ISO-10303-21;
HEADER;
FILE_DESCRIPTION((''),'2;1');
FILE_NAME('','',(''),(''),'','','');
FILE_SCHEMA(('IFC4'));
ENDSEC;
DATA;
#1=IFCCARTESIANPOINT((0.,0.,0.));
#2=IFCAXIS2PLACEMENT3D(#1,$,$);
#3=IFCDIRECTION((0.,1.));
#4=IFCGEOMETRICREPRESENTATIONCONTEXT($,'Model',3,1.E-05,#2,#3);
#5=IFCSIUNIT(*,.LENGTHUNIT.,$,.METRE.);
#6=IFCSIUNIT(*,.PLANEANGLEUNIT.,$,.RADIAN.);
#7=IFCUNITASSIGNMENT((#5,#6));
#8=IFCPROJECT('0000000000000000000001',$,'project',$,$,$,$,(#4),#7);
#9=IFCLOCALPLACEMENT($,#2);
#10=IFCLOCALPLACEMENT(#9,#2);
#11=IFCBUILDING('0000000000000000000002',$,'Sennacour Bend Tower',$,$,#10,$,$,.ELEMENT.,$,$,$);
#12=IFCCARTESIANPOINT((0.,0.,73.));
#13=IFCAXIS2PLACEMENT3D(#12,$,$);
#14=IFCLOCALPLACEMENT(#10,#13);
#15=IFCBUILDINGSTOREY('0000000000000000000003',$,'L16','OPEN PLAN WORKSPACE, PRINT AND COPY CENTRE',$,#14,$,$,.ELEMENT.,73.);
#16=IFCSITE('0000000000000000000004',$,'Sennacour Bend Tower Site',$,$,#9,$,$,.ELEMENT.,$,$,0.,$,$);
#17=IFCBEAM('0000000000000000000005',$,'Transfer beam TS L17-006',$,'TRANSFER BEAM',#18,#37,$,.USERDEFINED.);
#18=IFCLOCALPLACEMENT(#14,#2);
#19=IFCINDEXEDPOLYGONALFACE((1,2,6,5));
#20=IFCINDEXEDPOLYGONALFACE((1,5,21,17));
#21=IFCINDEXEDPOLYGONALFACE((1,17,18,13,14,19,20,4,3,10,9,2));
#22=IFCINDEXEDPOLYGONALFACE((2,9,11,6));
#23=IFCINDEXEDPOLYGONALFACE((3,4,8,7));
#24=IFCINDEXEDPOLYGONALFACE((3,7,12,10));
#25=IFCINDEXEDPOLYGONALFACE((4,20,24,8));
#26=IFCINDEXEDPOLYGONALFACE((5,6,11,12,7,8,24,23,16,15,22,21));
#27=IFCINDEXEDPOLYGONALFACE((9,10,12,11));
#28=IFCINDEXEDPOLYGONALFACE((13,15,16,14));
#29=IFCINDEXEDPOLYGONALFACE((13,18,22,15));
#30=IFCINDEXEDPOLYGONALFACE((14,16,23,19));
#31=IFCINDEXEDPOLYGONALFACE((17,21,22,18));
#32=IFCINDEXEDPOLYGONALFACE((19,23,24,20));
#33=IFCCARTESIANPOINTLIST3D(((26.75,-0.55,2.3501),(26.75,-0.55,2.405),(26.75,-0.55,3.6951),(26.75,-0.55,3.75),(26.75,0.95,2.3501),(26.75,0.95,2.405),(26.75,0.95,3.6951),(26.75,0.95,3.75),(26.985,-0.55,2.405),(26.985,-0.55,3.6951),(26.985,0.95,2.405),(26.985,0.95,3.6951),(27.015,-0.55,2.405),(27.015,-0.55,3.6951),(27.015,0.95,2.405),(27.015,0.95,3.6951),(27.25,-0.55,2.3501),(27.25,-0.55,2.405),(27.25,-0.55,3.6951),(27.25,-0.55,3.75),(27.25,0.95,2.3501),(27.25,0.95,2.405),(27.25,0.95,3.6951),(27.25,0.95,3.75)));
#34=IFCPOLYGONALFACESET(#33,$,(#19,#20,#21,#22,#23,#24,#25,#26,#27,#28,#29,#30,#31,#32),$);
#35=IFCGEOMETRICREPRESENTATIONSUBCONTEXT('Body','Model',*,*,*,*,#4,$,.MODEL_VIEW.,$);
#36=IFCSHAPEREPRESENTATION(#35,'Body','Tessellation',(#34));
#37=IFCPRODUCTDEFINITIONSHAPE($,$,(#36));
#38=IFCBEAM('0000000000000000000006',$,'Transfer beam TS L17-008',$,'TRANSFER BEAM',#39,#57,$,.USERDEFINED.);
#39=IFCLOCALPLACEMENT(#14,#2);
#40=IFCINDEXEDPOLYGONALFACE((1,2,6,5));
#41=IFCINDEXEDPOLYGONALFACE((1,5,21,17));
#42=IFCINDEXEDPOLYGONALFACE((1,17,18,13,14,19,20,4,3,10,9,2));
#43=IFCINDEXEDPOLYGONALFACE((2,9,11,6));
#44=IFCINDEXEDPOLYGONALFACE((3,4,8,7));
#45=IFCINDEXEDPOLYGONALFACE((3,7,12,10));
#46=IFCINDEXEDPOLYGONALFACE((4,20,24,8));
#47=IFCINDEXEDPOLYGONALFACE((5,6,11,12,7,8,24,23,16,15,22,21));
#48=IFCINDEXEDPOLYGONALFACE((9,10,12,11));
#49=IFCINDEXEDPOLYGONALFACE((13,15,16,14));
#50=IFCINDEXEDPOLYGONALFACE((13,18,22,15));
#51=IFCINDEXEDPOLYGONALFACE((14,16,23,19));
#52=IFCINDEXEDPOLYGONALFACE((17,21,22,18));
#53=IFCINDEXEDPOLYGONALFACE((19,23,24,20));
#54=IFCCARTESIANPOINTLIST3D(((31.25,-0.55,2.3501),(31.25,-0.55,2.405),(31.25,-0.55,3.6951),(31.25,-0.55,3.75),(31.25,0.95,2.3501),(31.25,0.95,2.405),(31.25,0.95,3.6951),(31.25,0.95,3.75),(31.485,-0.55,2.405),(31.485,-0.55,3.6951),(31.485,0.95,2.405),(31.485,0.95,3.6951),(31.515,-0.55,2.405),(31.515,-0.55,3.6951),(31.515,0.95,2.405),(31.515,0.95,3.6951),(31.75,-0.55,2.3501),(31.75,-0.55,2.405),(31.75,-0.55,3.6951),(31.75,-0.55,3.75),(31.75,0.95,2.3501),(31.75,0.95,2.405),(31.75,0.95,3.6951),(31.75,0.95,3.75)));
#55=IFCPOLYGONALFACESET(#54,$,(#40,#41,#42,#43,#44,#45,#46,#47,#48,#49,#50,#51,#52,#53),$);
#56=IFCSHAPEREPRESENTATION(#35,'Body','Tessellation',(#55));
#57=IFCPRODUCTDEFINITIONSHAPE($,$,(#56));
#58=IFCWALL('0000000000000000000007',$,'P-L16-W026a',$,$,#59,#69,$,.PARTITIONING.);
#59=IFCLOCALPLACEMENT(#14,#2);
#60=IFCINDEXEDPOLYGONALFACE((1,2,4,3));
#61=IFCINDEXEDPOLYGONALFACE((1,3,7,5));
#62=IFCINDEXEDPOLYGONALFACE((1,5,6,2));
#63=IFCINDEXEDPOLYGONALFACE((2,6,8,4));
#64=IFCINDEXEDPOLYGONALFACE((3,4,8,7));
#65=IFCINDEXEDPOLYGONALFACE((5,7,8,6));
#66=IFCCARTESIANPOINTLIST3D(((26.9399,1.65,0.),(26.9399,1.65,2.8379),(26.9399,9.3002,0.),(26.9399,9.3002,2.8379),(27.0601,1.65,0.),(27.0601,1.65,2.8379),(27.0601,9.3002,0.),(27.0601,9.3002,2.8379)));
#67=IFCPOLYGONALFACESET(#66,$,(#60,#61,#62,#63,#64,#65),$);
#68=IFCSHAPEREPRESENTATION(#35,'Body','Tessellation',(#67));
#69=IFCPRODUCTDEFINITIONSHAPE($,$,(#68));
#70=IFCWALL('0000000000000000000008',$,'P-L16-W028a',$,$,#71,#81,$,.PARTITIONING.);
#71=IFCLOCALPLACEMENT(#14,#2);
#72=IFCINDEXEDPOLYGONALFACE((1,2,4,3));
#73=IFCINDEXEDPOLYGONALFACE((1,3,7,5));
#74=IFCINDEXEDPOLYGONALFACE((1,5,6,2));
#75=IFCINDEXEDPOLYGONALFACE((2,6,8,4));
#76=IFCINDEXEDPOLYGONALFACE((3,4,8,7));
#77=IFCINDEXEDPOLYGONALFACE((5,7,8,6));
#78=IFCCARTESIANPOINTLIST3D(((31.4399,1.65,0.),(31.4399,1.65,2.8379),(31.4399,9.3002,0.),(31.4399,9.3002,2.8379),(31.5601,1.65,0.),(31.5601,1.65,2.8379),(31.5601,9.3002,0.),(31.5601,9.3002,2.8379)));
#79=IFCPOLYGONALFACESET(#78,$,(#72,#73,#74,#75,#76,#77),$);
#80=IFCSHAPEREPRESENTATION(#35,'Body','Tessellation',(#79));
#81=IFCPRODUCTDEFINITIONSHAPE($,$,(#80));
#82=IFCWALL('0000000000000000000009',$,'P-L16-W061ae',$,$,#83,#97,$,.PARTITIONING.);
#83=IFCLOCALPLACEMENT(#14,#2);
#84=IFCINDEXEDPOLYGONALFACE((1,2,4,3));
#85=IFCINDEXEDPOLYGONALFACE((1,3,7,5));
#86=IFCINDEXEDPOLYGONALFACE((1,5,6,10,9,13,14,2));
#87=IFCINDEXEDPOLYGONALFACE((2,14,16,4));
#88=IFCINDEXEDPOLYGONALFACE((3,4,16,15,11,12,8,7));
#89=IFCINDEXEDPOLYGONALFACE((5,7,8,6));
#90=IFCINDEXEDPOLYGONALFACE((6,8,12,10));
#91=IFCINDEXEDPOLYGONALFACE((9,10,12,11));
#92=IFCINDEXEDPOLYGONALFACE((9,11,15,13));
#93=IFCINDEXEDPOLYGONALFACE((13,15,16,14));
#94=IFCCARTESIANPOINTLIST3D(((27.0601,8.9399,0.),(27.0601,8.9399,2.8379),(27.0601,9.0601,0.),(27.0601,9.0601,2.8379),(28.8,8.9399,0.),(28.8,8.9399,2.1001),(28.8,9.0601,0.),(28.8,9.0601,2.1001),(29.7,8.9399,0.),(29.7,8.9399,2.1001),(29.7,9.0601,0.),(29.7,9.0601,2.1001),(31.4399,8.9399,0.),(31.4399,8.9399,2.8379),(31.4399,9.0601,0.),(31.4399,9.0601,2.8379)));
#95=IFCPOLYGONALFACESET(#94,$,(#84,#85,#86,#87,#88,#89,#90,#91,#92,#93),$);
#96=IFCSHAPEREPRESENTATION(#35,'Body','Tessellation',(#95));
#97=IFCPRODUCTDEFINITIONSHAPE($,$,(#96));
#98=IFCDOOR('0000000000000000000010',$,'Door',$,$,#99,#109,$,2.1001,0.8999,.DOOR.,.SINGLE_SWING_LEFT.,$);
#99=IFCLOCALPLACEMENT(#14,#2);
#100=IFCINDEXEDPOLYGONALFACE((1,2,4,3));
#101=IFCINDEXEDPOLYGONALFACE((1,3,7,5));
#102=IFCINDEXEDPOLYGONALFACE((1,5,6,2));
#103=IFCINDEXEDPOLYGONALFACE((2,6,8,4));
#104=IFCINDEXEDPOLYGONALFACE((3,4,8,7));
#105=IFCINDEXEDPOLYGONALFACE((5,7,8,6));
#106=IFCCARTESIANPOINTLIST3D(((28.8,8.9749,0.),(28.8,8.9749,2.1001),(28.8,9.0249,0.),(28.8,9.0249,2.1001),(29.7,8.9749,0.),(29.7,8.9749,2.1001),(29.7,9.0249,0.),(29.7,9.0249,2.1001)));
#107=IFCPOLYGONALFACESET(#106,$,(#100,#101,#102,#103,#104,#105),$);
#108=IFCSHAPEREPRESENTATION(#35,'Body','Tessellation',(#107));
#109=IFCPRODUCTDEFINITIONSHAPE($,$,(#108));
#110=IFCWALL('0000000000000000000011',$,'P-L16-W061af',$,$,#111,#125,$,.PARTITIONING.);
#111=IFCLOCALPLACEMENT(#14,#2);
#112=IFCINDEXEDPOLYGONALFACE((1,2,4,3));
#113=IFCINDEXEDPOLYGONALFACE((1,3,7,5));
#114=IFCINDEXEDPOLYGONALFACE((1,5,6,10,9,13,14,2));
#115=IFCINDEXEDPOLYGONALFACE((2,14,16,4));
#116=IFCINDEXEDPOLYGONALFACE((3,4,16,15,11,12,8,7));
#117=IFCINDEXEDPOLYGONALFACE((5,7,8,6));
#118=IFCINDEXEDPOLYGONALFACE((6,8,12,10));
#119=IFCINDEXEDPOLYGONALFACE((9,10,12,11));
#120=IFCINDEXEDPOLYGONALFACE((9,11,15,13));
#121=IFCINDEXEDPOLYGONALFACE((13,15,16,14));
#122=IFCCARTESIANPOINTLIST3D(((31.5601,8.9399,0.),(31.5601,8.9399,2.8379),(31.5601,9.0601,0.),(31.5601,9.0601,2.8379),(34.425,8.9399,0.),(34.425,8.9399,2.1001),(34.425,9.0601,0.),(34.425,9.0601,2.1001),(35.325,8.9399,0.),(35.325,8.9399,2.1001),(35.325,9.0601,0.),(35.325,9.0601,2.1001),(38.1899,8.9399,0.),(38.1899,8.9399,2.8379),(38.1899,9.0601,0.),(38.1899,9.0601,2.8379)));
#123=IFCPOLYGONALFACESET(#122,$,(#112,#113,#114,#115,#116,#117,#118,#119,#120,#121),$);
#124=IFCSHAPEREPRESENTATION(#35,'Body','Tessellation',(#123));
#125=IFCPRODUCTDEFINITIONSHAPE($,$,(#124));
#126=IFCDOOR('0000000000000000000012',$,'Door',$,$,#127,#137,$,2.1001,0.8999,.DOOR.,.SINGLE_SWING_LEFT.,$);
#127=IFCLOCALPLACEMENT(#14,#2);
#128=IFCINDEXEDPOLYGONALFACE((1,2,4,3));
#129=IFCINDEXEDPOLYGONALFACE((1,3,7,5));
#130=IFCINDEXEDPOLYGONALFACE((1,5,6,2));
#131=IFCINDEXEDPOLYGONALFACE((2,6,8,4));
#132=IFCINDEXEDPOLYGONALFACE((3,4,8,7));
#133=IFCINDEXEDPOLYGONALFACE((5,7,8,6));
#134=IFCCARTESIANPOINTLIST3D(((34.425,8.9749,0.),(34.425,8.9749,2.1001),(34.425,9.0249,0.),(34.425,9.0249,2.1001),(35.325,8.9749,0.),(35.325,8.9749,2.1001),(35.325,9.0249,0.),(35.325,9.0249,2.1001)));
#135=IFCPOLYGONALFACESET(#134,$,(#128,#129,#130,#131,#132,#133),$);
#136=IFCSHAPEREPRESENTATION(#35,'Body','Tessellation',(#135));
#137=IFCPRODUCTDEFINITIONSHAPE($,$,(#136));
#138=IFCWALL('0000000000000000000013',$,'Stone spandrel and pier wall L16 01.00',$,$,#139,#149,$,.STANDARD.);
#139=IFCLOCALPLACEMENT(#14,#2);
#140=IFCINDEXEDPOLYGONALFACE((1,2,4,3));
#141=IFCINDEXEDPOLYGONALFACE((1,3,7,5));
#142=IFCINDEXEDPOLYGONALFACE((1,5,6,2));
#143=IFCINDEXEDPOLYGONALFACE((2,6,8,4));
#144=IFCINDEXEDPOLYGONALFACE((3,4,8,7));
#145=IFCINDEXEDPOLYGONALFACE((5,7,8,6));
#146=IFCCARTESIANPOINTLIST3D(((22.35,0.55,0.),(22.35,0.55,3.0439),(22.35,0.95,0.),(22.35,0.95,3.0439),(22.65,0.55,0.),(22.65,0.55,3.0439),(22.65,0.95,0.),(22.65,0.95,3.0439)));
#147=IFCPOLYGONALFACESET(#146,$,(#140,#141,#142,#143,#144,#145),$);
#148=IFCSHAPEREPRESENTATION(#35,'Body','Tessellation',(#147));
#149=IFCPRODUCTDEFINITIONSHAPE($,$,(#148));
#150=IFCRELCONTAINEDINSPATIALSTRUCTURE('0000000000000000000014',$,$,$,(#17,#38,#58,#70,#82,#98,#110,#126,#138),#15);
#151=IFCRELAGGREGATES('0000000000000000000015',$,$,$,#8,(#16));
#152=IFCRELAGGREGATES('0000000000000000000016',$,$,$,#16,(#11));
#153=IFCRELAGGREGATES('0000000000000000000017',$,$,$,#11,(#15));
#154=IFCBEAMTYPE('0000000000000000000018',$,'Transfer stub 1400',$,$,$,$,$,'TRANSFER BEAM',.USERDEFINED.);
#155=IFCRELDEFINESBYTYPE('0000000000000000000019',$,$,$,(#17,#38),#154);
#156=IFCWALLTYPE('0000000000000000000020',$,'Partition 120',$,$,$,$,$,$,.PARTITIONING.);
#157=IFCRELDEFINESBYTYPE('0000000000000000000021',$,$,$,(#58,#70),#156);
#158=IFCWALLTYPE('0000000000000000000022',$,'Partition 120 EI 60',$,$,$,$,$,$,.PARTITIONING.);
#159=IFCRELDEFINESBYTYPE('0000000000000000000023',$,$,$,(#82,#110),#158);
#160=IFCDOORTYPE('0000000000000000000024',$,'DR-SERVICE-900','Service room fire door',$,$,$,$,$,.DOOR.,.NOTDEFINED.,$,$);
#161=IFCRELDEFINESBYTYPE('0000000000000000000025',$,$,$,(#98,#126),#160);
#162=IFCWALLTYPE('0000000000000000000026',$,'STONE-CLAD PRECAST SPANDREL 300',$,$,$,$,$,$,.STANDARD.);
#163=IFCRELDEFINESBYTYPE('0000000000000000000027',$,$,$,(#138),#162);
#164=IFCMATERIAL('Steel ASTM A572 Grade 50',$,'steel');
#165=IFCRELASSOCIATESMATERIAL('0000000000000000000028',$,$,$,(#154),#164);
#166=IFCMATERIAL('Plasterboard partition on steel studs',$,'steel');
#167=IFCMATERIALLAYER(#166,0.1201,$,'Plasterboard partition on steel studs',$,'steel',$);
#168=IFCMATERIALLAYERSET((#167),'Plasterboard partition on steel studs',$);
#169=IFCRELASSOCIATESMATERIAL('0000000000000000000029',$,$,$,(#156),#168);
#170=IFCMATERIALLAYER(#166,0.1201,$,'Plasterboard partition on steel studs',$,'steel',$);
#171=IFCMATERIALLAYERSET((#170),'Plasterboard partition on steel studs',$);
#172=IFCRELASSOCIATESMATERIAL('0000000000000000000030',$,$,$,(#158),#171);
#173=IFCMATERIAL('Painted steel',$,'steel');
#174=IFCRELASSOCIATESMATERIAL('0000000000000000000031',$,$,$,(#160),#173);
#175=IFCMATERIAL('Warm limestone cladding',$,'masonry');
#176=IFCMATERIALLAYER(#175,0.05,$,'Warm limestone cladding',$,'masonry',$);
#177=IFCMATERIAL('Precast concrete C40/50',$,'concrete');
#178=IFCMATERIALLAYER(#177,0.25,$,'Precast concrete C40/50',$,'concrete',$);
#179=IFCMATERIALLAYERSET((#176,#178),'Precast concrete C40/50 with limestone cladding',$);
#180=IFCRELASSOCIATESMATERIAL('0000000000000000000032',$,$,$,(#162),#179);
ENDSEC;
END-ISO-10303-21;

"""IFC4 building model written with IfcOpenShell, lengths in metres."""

from ifc_helpers import new_model, si_unit, direction, frame, frame_2d, origin, origin_2d, place, context, subcontext, project, spatial, rectangle, i_section, extrude, material, layer, layer_set, material_profile, profile_set, type_object, element, fill, save


model = new_model("IFC4")

# Units and contexts
model_context = context("Model", 3, precision=1e-05, world=origin(), true_north=direction((0.0, 1.0)))
body_context = subcontext(model_context, "Body", "Model", "MODEL_VIEW")
ifc_project = project(units=[si_unit("LENGTHUNIT", "METRE"), si_unit("PLANEANGLEUNIT", "RADIAN")], contexts=[model_context])

# Site, building, storey
site_placement = place(None, origin())
site = spatial("IfcSite", under=ifc_project, at=site_placement, Name="Sennacour Bend Tower Site", CompositionType="ELEMENT", RefElevation=0.0)
building_placement = place(site_placement, origin())
building = spatial("IfcBuilding", under=site, at=building_placement, Name="Sennacour Bend Tower", CompositionType="ELEMENT")
storey_placement = place(building_placement, frame((0.0, 0.0, 73.0)))
storey = spatial("IfcBuildingStorey", under=building, at=storey_placement, Name="L16", Description="OPEN PLAN WORKSPACE, PRINT AND COPY CENTRE", CompositionType="ELEMENT", Elevation=73.0)

# Shared definitions
ifc_material_1 = material(Name="Steel ASTM A572 Grade 50", Category="steel")

# Beams
ifc_material_profile_1 = material_profile(ifc_material_1, i_section(OverallWidth=0.5, OverallDepth=1.3999, WebThickness=0.03, FlangeThickness=0.0549, at=origin_2d()), Name="Steel ASTM A572 Grade 50", Category="steel")
ifc_profile_set_1 = profile_set([ifc_material_profile_1], Name="Steel ASTM A572 Grade 50")
beam_type_1 = type_object("IfcBeamType", Name="Transfer stub 1400", ElementType="TRANSFER BEAM", PredefinedType="USERDEFINED", material=ifc_profile_set_1)
for number, where, z_axis, x_axis, name in (
    (1, (27.0, 0.95, 3.05), (0.0, -1.0, 0.0), (1.0, 0.0, 0.0), "Transfer beam TS L17-006"),
    (2, (31.5, 0.95, 3.05), (0.0, -1.0, 0.0), (1.0, 0.0, 0.0), "Transfer beam TS L17-008"),
):
    element("IfcBeam", number, at=place(storey_placement, frame(where, z_axis=z_axis, x_axis=x_axis)), inside=storey, type_object=beam_type_1, Name=name, ObjectType="TRANSFER BEAM", PredefinedType="USERDEFINED", context=body_context, shape_type="SweptSolid", body=[
        extrude(i_section(OverallWidth=0.5, OverallDepth=1.3999, WebThickness=0.03, FlangeThickness=0.0549, at=origin_2d()), origin(), (0.0, 0.0, 1.0), 1.5),
    ])

# Walls
ifc_material_2 = material(Name="Plasterboard partition on steel studs", Category="steel")
ifc_layer_1 = layer(ifc_material_2, 0.1201, Name="Plasterboard partition on steel studs", Category="steel")
ifc_layer_set_1 = layer_set([ifc_layer_1], Name="Plasterboard partition on steel studs")
wall_type_1 = type_object("IfcWallType", Name="Partition 120", PredefinedType="PARTITIONING", material=ifc_layer_set_1)
for number, where, z_axis, x_axis, name in (
    (3, (27.0, 1.6499, 0.0), (0.0, 0.0, 1.0), (0.0, 1.0, 0.0), "P-L16-W026a"),
    (4, (31.5, 1.6499, 0.0), (0.0, 0.0, 1.0), (0.0, 1.0, 0.0), "P-L16-W028a"),
):
    element("IfcWall", number, at=place(storey_placement, frame(where, z_axis=z_axis, x_axis=x_axis)), inside=storey, type_object=wall_type_1, Name=name, PredefinedType="PARTITIONING", context=body_context, shape_type="SweptSolid", body=[
        extrude(rectangle(XDim=7.6501, YDim=0.1201, at=frame_2d((3.8252, 0.0))), origin(), (0.0, 0.0, 1.0), 2.8379),
    ])

# Walls, openings, doors
ifc_layer_2 = layer(ifc_material_2, 0.1201, Name="Plasterboard partition on steel studs", Category="steel")
ifc_layer_set_2 = layer_set([ifc_layer_2], Name="Plasterboard partition on steel studs")
wall_type_2 = type_object("IfcWallType", Name="Partition 120 EI 60", PredefinedType="PARTITIONING", material=ifc_layer_set_2)
wall_1_placement = place(storey_placement, frame((27.0601, 9.0, 0.0), z_axis=(0.0, 0.0, 1.0), x_axis=(1.0, 0.0, 0.0)))
wall_1 = element("IfcWall", 5, at=wall_1_placement, inside=storey, type_object=wall_type_2, Name="P-L16-W061ae", PredefinedType="PARTITIONING", context=body_context, shape_type="SweptSolid", body=[
    extrude(rectangle(XDim=4.3799, YDim=0.1201, at=frame_2d((2.1899, 0.0))), origin(), (0.0, 0.0, 1.0), 2.8379),
])
opening_1_placement = place(wall_1_placement, frame((1.74, 0.0, 0.0)))
opening_1 = element("IfcOpeningElement", 6, at=opening_1_placement, cuts=wall_1, PredefinedType="OPENING", context=body_context, shape_type="SweptSolid", body=[
    extrude(rectangle(XDim=0.8999, YDim=2.1001, at=frame_2d((0.45, 1.05))), frame((0.0, 0.0701, 0.0), z_axis=(0.0, -1.0, 0.0), x_axis=(1.0, 0.0, 0.0)), (0.0, 0.0, 1.0), 0.1401),
])
ifc_material_3 = material(Name="Painted steel", Category="steel")
door_type = type_object("IfcDoorType", Name="DR-SERVICE-900", Description="Service room fire door", OperationType="NOTDEFINED", PredefinedType="DOOR", material=ifc_material_3)
door_1_placement = place(opening_1_placement, origin())
door_1 = element("IfcDoor", 7, at=door_1_placement, inside=storey, type_object=door_type, Name="Door", OperationType="SINGLE_SWING_LEFT", OverallHeight=2.1001, OverallWidth=0.8999, PredefinedType="DOOR", context=body_context, shape_type="SweptSolid", body=[
    extrude(rectangle(XDim=0.8999, YDim=2.1001, at=frame_2d((0.45, 1.05))), frame((0.0, 0.0249, 0.0), z_axis=(0.0, -1.0, 0.0), x_axis=(1.0, 0.0, 0.0)), (0.0, 0.0, 1.0), 0.05),
])
fill(opening_1, door_1)
wall_2_placement = place(storey_placement, frame((31.5601, 9.0, 0.0), z_axis=(0.0, 0.0, 1.0), x_axis=(1.0, 0.0, 0.0)))
wall_2 = element("IfcWall", 8, at=wall_2_placement, inside=storey, type_object=wall_type_2, Name="P-L16-W061af", PredefinedType="PARTITIONING", context=body_context, shape_type="SweptSolid", body=[
    extrude(rectangle(XDim=6.6299, YDim=0.1201, at=frame_2d((3.3149, 0.0))), origin(), (0.0, 0.0, 1.0), 2.8379),
])
opening_2_placement = place(wall_2_placement, frame((2.865, 0.0, 0.0)))
opening_2 = element("IfcOpeningElement", 9, at=opening_2_placement, cuts=wall_2, PredefinedType="OPENING", context=body_context, shape_type="SweptSolid", body=[
    extrude(rectangle(XDim=0.8999, YDim=2.1001, at=frame_2d((0.45, 1.05))), frame((0.0, 0.0701, 0.0), z_axis=(0.0, -1.0, 0.0), x_axis=(1.0, 0.0, 0.0)), (0.0, 0.0, 1.0), 0.1401),
])
door_2_placement = place(opening_2_placement, origin())
door_2 = element("IfcDoor", 10, at=door_2_placement, inside=storey, type_object=door_type, Name="Door", OperationType="SINGLE_SWING_LEFT", OverallHeight=2.1001, OverallWidth=0.8999, PredefinedType="DOOR", context=body_context, shape_type="SweptSolid", body=[
    extrude(rectangle(XDim=0.8999, YDim=2.1001, at=frame_2d((0.45, 1.05))), frame((0.0, 0.0249, 0.0), z_axis=(0.0, -1.0, 0.0), x_axis=(1.0, 0.0, 0.0)), (0.0, 0.0, 1.0), 0.05),
])
fill(opening_2, door_2)

# Wall
ifc_material_4 = material(Name="Warm limestone cladding", Category="masonry")
ifc_layer_3 = layer(ifc_material_4, 0.05, Name="Warm limestone cladding", Category="masonry")
ifc_material_5 = material(Name="Precast concrete C40/50", Category="concrete")
ifc_layer_4 = layer(ifc_material_5, 0.25, Name="Precast concrete C40/50", Category="concrete")
ifc_layer_set_3 = layer_set([ifc_layer_3, ifc_layer_4], Name="Precast concrete C40/50 with limestone cladding")
wall_type_3 = type_object("IfcWallType", Name="STONE-CLAD PRECAST SPANDREL 300", PredefinedType="STANDARD", material=ifc_layer_set_3)
wall_3_placement = place(storey_placement, frame((22.5, 0.55, 0.0), z_axis=(0.0, 0.0, 1.0), x_axis=(0.0, 1.0, 0.0)))
element("IfcWall", 11, at=wall_3_placement, inside=storey, type_object=wall_type_3, Name="Stone spandrel and pier wall L16 01.00", PredefinedType="STANDARD", context=body_context, shape_type="SweptSolid", body=[
    extrude(rectangle(XDim=0.3999, YDim=0.3, at=frame_2d((0.2, 0.0))), origin(), (0.0, 0.0, 1.0), 3.0439),
])

save(model, "model.ifc")
